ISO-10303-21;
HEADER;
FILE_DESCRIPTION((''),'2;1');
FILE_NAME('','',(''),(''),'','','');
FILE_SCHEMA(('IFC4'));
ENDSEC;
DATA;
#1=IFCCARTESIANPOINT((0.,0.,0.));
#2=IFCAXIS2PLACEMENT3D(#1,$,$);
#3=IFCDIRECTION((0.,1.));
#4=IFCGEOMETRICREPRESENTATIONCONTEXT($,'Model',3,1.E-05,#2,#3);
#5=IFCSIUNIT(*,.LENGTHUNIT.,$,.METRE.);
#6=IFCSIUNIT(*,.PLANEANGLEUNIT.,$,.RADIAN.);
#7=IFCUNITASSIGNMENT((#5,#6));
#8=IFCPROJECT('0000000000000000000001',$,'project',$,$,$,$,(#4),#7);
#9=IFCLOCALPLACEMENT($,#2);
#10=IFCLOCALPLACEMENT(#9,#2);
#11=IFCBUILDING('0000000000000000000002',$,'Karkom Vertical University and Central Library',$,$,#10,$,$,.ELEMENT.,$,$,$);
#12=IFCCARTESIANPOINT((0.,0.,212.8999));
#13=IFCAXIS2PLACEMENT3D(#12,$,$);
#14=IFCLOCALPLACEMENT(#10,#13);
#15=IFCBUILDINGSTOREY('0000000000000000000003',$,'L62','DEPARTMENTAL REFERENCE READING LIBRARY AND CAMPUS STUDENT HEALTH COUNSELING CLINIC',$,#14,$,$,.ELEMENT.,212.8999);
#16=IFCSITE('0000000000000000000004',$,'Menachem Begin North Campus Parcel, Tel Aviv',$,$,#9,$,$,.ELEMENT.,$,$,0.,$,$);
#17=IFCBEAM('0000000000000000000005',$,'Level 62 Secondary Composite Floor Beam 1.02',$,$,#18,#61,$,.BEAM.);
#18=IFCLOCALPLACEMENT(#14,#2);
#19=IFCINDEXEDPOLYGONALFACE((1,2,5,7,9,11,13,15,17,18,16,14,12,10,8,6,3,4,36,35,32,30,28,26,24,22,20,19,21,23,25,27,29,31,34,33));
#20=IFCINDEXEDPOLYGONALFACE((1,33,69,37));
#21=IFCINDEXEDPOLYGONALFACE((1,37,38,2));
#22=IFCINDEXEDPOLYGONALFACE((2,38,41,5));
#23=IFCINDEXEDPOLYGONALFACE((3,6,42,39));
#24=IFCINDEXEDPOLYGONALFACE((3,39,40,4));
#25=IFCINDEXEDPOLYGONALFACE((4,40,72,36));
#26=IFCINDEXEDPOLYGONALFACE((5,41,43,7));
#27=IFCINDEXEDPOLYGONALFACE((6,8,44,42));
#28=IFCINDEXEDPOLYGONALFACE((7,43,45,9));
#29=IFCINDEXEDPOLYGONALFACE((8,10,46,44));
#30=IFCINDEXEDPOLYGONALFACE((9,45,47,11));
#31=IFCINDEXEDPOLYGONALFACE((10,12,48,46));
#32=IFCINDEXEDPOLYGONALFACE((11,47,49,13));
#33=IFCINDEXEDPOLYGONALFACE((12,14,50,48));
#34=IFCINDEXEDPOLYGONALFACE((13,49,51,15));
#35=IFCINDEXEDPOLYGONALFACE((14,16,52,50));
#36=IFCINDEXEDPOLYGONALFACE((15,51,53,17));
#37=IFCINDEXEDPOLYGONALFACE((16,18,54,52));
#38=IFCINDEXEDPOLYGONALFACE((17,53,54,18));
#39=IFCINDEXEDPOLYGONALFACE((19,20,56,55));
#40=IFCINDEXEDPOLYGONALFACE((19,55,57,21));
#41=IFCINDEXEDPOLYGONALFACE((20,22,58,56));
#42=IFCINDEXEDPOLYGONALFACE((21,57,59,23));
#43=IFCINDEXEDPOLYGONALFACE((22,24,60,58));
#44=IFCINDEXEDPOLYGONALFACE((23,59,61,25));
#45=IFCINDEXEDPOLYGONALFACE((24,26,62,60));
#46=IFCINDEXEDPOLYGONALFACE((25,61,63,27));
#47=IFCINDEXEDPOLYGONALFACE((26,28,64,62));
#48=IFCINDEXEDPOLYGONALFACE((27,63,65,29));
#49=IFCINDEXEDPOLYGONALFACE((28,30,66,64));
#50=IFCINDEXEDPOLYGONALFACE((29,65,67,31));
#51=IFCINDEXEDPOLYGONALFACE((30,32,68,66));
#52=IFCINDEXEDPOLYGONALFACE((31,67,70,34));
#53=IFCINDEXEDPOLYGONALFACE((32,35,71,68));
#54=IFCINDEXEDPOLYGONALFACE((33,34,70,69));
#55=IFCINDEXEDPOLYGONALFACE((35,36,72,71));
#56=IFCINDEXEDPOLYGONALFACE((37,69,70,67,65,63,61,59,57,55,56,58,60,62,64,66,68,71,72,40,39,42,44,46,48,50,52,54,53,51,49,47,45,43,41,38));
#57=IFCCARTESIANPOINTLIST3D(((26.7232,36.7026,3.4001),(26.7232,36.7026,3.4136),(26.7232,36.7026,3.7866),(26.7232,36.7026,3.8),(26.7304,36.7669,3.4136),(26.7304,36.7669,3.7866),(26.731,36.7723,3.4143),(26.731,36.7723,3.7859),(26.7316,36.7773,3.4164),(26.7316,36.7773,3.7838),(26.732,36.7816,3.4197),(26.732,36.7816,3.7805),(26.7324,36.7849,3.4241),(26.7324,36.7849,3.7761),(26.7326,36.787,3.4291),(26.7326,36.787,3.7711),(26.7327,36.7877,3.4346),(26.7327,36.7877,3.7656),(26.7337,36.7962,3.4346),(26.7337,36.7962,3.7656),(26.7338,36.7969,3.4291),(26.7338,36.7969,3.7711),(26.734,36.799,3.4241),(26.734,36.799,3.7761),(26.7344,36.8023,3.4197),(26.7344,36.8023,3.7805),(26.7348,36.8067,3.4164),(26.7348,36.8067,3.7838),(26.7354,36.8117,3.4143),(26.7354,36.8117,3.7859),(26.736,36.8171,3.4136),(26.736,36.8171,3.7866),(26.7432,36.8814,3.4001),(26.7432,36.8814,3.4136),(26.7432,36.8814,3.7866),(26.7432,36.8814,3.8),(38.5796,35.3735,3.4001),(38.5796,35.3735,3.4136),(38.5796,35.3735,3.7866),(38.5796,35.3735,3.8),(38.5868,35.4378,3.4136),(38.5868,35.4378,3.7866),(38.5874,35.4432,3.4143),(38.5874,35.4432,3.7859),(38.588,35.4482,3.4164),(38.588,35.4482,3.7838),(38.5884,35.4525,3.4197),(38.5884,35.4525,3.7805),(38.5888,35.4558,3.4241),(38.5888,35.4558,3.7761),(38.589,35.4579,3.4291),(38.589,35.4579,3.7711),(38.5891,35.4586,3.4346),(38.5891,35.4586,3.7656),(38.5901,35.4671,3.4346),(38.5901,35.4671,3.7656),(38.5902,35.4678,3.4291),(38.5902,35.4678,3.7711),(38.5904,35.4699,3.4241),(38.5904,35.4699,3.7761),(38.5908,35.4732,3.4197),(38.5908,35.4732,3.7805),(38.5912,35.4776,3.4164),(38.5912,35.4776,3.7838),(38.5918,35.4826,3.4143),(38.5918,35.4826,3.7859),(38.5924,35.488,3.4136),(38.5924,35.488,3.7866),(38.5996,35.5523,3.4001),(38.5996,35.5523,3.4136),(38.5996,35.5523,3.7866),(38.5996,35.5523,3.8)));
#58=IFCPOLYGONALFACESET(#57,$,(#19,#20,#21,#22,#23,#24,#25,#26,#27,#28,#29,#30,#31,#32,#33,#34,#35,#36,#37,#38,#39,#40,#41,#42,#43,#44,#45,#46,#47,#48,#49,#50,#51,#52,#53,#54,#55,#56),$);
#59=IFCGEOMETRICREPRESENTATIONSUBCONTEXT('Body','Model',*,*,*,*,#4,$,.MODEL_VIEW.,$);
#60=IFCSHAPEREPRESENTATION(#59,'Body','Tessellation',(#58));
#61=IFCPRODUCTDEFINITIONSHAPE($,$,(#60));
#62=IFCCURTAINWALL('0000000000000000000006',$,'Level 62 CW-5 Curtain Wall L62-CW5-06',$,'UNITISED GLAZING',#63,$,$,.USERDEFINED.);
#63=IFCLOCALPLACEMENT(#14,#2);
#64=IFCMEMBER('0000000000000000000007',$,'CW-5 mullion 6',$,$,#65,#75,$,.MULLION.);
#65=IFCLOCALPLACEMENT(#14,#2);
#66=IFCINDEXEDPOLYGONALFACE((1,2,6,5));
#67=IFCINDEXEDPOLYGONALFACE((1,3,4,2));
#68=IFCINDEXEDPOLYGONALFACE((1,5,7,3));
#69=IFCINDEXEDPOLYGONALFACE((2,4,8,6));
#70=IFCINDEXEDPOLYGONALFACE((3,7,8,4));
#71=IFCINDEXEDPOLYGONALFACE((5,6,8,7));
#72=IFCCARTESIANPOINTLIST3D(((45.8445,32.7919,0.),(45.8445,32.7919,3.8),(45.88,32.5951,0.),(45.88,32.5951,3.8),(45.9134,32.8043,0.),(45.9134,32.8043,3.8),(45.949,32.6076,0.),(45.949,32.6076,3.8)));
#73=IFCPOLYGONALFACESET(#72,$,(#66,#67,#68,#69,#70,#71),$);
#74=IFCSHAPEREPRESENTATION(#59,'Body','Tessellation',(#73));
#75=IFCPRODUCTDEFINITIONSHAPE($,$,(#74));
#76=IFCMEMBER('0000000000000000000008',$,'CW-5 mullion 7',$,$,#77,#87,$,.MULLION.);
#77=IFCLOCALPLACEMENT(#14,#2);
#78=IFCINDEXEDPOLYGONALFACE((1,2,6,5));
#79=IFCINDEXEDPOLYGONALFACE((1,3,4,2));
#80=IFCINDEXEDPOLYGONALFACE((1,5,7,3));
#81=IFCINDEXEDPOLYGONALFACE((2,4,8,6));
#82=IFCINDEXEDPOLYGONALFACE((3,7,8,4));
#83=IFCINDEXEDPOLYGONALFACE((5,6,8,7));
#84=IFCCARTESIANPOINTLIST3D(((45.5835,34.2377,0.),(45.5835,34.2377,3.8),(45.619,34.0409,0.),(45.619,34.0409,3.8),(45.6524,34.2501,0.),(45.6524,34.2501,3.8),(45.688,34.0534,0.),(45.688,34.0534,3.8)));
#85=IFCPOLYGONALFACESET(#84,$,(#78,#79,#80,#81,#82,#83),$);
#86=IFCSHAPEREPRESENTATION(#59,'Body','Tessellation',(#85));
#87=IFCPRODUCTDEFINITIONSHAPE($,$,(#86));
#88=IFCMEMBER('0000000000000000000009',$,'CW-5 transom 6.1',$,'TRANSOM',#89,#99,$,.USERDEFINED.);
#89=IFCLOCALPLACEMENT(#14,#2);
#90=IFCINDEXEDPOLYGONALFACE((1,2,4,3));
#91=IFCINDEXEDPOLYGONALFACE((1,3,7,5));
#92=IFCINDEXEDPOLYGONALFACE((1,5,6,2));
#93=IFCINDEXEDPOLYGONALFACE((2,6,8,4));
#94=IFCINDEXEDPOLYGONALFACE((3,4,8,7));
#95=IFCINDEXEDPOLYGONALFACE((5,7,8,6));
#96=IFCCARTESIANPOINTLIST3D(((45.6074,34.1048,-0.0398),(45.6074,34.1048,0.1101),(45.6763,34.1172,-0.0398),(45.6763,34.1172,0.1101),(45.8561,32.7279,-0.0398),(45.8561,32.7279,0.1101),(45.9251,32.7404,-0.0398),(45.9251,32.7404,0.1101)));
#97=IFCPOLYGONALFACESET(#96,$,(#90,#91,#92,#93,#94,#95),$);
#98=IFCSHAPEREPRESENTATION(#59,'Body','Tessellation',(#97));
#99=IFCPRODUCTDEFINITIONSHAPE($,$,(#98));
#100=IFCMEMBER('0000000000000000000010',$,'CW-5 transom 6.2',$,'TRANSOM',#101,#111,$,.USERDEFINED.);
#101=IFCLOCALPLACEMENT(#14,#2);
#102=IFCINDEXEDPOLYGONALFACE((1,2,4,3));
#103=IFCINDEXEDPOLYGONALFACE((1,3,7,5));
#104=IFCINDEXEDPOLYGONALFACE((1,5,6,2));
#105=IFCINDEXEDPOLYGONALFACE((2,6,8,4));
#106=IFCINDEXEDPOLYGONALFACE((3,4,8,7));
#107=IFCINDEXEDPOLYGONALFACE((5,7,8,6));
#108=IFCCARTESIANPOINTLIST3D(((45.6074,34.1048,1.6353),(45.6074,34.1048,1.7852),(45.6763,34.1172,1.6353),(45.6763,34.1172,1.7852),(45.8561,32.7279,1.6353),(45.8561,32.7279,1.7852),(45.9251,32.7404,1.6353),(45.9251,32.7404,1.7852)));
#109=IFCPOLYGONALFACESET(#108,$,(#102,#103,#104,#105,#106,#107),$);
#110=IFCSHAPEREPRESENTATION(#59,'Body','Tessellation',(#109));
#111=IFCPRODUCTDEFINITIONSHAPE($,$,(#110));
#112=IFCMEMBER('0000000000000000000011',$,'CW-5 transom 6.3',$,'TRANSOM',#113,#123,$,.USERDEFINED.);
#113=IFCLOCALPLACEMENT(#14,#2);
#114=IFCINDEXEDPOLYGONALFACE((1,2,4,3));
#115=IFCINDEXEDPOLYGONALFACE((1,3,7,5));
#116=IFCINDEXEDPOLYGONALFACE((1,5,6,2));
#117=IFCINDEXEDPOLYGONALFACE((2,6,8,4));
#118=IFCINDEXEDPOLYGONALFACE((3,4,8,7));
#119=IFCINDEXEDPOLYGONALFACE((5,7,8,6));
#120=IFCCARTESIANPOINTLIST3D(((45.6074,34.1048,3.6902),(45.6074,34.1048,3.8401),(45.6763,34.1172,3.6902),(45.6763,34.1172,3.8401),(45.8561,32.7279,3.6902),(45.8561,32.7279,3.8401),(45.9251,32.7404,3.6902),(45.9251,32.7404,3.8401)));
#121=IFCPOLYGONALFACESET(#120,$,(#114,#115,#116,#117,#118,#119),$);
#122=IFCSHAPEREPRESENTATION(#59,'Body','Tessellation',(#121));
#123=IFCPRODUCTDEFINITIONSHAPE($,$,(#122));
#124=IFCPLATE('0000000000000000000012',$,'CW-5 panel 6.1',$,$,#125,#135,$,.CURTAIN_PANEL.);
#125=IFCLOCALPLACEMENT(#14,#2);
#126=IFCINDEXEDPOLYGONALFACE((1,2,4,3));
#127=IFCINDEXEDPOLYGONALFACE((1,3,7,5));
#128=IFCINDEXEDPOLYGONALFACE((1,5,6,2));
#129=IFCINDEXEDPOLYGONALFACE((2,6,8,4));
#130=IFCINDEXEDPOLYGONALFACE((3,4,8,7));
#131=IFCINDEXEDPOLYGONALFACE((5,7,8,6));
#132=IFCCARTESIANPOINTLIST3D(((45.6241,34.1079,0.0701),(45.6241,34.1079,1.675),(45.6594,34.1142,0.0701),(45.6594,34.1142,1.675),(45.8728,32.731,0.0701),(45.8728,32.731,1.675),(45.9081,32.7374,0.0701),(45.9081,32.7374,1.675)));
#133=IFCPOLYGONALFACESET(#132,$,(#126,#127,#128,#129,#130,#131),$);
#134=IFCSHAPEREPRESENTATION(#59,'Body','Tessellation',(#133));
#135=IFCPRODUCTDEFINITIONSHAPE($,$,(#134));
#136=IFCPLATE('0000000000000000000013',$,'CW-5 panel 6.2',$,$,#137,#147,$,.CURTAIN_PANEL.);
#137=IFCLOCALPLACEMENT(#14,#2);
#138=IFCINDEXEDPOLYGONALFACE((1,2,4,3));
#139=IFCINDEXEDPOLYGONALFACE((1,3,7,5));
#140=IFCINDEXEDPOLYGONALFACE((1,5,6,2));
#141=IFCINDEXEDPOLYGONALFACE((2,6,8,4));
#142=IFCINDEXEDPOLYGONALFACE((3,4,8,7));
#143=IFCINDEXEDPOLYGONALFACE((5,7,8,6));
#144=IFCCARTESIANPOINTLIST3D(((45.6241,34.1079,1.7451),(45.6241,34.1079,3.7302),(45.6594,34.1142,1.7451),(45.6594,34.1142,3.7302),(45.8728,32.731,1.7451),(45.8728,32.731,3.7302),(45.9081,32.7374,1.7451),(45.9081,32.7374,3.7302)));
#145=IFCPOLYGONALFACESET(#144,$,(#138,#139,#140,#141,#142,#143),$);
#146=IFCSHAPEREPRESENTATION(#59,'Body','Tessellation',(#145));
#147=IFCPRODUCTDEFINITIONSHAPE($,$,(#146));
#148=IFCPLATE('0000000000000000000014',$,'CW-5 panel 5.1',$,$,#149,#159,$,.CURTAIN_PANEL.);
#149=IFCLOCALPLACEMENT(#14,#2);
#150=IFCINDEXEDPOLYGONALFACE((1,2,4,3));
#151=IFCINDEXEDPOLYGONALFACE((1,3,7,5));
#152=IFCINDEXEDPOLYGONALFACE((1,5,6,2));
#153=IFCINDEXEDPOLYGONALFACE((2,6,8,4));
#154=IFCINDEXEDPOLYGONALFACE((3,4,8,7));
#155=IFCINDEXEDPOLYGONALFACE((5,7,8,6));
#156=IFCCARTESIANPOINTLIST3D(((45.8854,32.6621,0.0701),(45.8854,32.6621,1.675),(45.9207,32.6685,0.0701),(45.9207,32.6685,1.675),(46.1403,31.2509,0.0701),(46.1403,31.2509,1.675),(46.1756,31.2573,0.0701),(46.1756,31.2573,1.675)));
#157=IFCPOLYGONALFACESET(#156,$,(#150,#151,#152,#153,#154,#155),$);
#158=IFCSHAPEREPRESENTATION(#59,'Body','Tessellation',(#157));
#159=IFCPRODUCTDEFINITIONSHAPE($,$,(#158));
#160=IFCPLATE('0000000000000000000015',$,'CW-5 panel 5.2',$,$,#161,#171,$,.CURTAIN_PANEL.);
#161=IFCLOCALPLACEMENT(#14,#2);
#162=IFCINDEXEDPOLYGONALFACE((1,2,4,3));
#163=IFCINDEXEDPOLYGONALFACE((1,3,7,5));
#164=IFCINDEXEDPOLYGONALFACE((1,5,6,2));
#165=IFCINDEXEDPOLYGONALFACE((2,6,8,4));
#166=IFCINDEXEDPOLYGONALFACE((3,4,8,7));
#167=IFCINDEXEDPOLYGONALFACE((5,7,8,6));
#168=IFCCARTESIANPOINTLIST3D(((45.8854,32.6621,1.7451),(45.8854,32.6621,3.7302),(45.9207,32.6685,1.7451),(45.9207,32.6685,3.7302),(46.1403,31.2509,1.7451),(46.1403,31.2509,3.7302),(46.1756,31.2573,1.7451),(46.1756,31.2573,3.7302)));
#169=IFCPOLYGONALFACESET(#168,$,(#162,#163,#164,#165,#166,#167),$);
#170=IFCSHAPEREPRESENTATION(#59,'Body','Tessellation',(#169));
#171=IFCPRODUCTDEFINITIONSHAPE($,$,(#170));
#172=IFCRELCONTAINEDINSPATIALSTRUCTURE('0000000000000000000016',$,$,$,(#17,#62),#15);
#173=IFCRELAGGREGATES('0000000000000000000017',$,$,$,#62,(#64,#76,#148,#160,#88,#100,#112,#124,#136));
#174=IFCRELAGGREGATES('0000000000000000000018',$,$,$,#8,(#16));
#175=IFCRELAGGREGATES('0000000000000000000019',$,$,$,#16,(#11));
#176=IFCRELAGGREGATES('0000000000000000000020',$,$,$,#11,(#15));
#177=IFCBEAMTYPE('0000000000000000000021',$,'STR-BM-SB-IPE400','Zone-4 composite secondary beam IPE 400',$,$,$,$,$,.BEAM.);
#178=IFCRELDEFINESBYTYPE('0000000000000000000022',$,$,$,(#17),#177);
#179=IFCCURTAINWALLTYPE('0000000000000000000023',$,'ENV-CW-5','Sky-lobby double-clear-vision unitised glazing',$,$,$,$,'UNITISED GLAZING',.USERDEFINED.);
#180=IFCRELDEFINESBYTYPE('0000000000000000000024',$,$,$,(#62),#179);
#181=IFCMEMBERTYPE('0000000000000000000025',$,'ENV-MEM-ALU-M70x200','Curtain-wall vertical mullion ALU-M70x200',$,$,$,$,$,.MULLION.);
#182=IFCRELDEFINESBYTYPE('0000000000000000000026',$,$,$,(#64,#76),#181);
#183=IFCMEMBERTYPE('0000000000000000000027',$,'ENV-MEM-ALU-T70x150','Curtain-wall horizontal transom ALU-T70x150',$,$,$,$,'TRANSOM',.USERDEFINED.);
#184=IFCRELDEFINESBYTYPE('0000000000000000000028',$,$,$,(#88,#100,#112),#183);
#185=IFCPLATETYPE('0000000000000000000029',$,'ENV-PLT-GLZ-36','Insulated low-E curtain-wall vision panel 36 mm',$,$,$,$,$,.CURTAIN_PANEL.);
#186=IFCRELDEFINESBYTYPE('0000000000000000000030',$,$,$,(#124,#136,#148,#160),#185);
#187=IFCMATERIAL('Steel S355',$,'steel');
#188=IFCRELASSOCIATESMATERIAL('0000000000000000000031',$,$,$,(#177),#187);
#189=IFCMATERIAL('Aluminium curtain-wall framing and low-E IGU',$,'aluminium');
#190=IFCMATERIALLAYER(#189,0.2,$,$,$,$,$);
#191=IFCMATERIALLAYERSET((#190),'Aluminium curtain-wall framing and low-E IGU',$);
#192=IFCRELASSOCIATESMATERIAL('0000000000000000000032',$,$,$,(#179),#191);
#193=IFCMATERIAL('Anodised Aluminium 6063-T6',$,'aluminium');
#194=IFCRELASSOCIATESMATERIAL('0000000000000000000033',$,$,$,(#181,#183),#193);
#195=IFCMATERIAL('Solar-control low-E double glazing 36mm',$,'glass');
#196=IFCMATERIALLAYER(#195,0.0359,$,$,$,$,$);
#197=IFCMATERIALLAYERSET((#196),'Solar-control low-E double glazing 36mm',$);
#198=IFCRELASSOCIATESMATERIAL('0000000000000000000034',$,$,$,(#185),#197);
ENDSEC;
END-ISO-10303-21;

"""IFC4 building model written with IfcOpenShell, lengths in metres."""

from ifc_helpers import new_model, si_unit, direction, frame, origin, origin_with_axes, origin_2d, place, context, subcontext, project, spatial, rectangle, i_section, extrude, source, transform, mapped, material, layer, layer_set, material_profile, profile_set, type_object, element, aggregate, save


model = new_model("IFC4")

# Units and contexts
model_context = context("Model", 3, precision=1e-05, world=origin(), true_north=direction((0.0, 1.0)))
body_context = subcontext(model_context, "Body", "Model", "MODEL_VIEW")
ifc_project = project(units=[si_unit("LENGTHUNIT", "METRE"), si_unit("PLANEANGLEUNIT", "RADIAN")], contexts=[model_context])

# Site, building, storey
site_placement = place(None, origin())
site = spatial("IfcSite", under=ifc_project, at=site_placement, Name="Menachem Begin North Campus Parcel, Tel Aviv", CompositionType="ELEMENT", RefElevation=0.0)
building_placement = place(site_placement, origin())
building = spatial("IfcBuilding", under=site, at=building_placement, Name="Karkom Vertical University and Central Library", CompositionType="ELEMENT")
storey_placement = place(building_placement, frame((0.0, 0.0, 212.8999)))
storey = spatial("IfcBuildingStorey", under=building, at=storey_placement, Name="L62", Description="DEPARTMENTAL REFERENCE READING LIBRARY AND CAMPUS STUDENT HEALTH COUNSELING CLINIC", CompositionType="ELEMENT", Elevation=212.8999)

# Beam
ifc_material_1 = material(Name="Steel S355", Category="steel")
ifc_material_profile_1 = material_profile(ifc_material_1, i_section(OverallWidth=0.1799, OverallDepth=0.3999, WebThickness=0.0085, FlangeThickness=0.0134, FilletRadius=0.021, at=origin_2d()), Name="IPE 400")
ifc_profile_set_1 = profile_set([ifc_material_profile_1], Name="Steel S355")
beam_type_1 = type_object("IfcBeamType", Name="STR-BM-SB-IPE400", Description="Zone-4 composite secondary beam IPE 400", PredefinedType="BEAM", material=ifc_profile_set_1)
shared_shape_1 = source(origin_with_axes(), body_context, "Body", "SweptSolid", [
    extrude(i_section(OverallWidth=0.1799, OverallDepth=0.3999, WebThickness=0.0085, FlangeThickness=0.0134, FilletRadius=0.021, at=origin_2d()), origin(), (0.0, 0.0, 1.0), 11.9307),
])
beam_1_placement = place(storey_placement, frame((38.5896, 35.4629, 3.6001), z_axis=(-0.993775, 0.111402, 0.0), x_axis=(-0.111402, -0.993775, 0.0)))
element("IfcBeam", 1, at=beam_1_placement, inside=storey, type_object=beam_type_1, Name="Level 62 Secondary Composite Floor Beam 1.02", PredefinedType="BEAM", context=body_context, shape_type="MappedRepresentation", body=[
    mapped(shared_shape_1, transform((0.0, 0.0, 0.0), scale=1.0)),
])

# Curtain wall, members, plates
ifc_material_2 = material(Name="Aluminium curtain-wall framing and low-E IGU", Category="aluminium")
ifc_layer_1 = layer(ifc_material_2, 0.2)
ifc_layer_set_1 = layer_set([ifc_layer_1], Name="Aluminium curtain-wall framing and low-E IGU")
curtain_wall_type = type_object("IfcCurtainWallType", Name="ENV-CW-5", Description="Sky-lobby double-clear-vision unitised glazing", ElementType="UNITISED GLAZING", PredefinedType="USERDEFINED", material=ifc_layer_set_1)
curtain_wall_placement = place(storey_placement, origin())
curtain_wall = element("IfcCurtainWall", 2, at=curtain_wall_placement, inside=storey, type_object=curtain_wall_type, Name="Level 62 CW-5 Curtain Wall L62-CW5-06", ObjectType="UNITISED GLAZING", PredefinedType="USERDEFINED")
ifc_material_3 = material(Name="Anodised Aluminium 6063-T6", Category="aluminium")
ifc_material_profile_2 = material_profile(ifc_material_3, rectangle(XDim=0.0701, YDim=0.2, at=origin_2d()), Name="ALU-M70x200")
ifc_profile_set_2 = profile_set([ifc_material_profile_2], Name="Anodised Aluminium 6063-T6")
member_type_1 = type_object("IfcMemberType", Name="ENV-MEM-ALU-M70x200", Description="Curtain-wall vertical mullion ALU-M70x200", PredefinedType="MULLION", material=ifc_profile_set_2)
shared_shape_2 = source(origin_with_axes(), body_context, "Body", "SweptSolid", [
    extrude(rectangle(XDim=0.0701, YDim=0.2, at=origin_2d()), origin(), (0.0, 0.0, 1.0), 3.8),
])
member_1_placement = place(storey_placement, frame((45.8967, 32.6997, 0.0), z_axis=(0.0, 0.0, 1.0), x_axis=(-0.984072, -0.177772, 0.0)))
member_1 = element("IfcMember", 3, at=member_1_placement, type_object=member_type_1, Name="CW-5 mullion 6", PredefinedType="MULLION", context=body_context, shape_type="MappedRepresentation", body=[
    mapped(shared_shape_2, transform((0.0, 0.0, 0.0), scale=1.0)),
])
member_2_placement = place(storey_placement, frame((45.6357, 34.1455, 0.0), z_axis=(0.0, 0.0, 1.0), x_axis=(-0.984072, -0.177772, 0.0)))
member_2 = element("IfcMember", 4, at=member_2_placement, type_object=member_type_1, Name="CW-5 mullion 7", PredefinedType="MULLION", context=body_context, shape_type="MappedRepresentation", body=[
    mapped(shared_shape_2, transform((0.0, 0.0, 0.0), scale=1.0)),
])
ifc_material_profile_3 = material_profile(ifc_material_3, rectangle(XDim=0.0701, YDim=0.1499, at=origin_2d()), Name="ALU-T70x150")
ifc_profile_set_3 = profile_set([ifc_material_profile_3], Name="Anodised Aluminium 6063-T6")
member_type_2 = type_object("IfcMemberType", Name="ENV-MEM-ALU-T70x150", Description="Curtain-wall horizontal transom ALU-T70x150", ElementType="TRANSOM", PredefinedType="USERDEFINED", material=ifc_profile_set_3)
shared_shape_3 = source(origin_with_axes(), body_context, "Body", "SweptSolid", [
    extrude(rectangle(XDim=0.0701, YDim=0.1499, at=origin_2d()), origin(), (0.0, 0.0, 1.0), 1.3992),
])
member_3_placement = place(storey_placement, frame((45.8906, 32.7341, 0.0352), z_axis=(-0.177795, 0.984068, 0.0), x_axis=(-0.984068, -0.177795, 0.0)))
member_3 = element("IfcMember", 5, at=member_3_placement, type_object=member_type_2, Name="CW-5 transom 6.1", ObjectType="TRANSOM", PredefinedType="USERDEFINED", context=body_context, shape_type="MappedRepresentation", body=[
    mapped(shared_shape_3, transform((0.0, 0.0, 0.0), scale=1.0)),
])
member_4_placement = place(storey_placement, frame((45.8906, 32.7341, 1.7102), z_axis=(-0.177795, 0.984068, 0.0), x_axis=(-0.984068, -0.177795, 0.0)))
member_4 = element("IfcMember", 6, at=member_4_placement, type_object=member_type_2, Name="CW-5 transom 6.2", ObjectType="TRANSOM", PredefinedType="USERDEFINED", context=body_context, shape_type="MappedRepresentation", body=[
    mapped(shared_shape_3, transform((0.0, 0.0, 0.0), scale=1.0)),
])
member_5_placement = place(storey_placement, frame((45.8906, 32.7341, 3.7651), z_axis=(-0.177795, 0.984068, 0.0), x_axis=(-0.984068, -0.177795, 0.0)))
member_5 = element("IfcMember", 7, at=member_5_placement, type_object=member_type_2, Name="CW-5 transom 6.3", ObjectType="TRANSOM", PredefinedType="USERDEFINED", context=body_context, shape_type="MappedRepresentation", body=[
    mapped(shared_shape_3, transform((0.0, 0.0, 0.0), scale=1.0)),
])
ifc_material_4 = material(Name="Solar-control low-E double glazing 36mm", Category="glass")
ifc_layer_2 = layer(ifc_material_4, 0.0359)
ifc_layer_set_2 = layer_set([ifc_layer_2], Name="Solar-control low-E double glazing 36mm")
plate_type = type_object("IfcPlateType", Name="ENV-PLT-GLZ-36", Description="Insulated low-E curtain-wall vision panel 36 mm", PredefinedType="CURTAIN_PANEL", material=ifc_layer_set_2)
shared_shape_4 = source(origin_with_axes(), body_context, "Body", "SweptSolid", [
    extrude(rectangle(XDim=1.3992, YDim=0.0359, at=origin_2d()), origin(), (0.0, 0.0, 1.0), 1.605),
])
plate_1_placement = place(storey_placement, frame((45.7661, 33.4226, 0.0701), z_axis=(0.0, 0.0, 1.0), x_axis=(-0.177772, 0.984072, 0.0)))
plate_1 = element("IfcPlate", 8, at=plate_1_placement, type_object=plate_type, Name="CW-5 panel 6.1", PredefinedType="CURTAIN_PANEL", context=body_context, shape_type="MappedRepresentation", body=[
    mapped(shared_shape_4, transform((0.0, 0.0, 0.0), scale=1.0)),
])
shared_shape_5 = source(origin_with_axes(), body_context, "Body", "SweptSolid", [
    extrude(rectangle(XDim=1.3992, YDim=0.0359, at=origin_2d()), origin(), (0.0, 0.0, 1.0), 1.9851),
])
plate_2_placement = place(storey_placement, frame((45.7661, 33.4226, 1.7451), z_axis=(0.0, 0.0, 1.0), x_axis=(-0.177772, 0.984072, 0.0)))
plate_2 = element("IfcPlate", 9, at=plate_2_placement, type_object=plate_type, Name="CW-5 panel 6.2", PredefinedType="CURTAIN_PANEL", context=body_context, shape_type="MappedRepresentation", body=[
    mapped(shared_shape_5, transform((0.0, 0.0, 0.0), scale=1.0)),
])
shared_shape_6 = source(origin_with_axes(), body_context, "Body", "SweptSolid", [
    extrude(rectangle(XDim=1.4341, YDim=0.0359, at=origin_2d()), origin(), (0.0, 0.0, 1.0), 1.605),
])
plate_3_placement = place(storey_placement, frame((46.0305, 31.9597, 0.0701), z_axis=(0.0, 0.0, 1.0), x_axis=(-0.177772, 0.984072, 0.0)))
plate_3 = element("IfcPlate", 10, at=plate_3_placement, type_object=plate_type, Name="CW-5 panel 5.1", PredefinedType="CURTAIN_PANEL", context=body_context, shape_type="MappedRepresentation", body=[
    mapped(shared_shape_6, transform((0.0, 0.0, 0.0), scale=1.0)),
])
shared_shape_7 = source(origin_with_axes(), body_context, "Body", "SweptSolid", [
    extrude(rectangle(XDim=1.4341, YDim=0.0359, at=origin_2d()), origin(), (0.0, 0.0, 1.0), 1.9851),
])
plate_4_placement = place(storey_placement, frame((46.0305, 31.9597, 1.7451), z_axis=(0.0, 0.0, 1.0), x_axis=(-0.177772, 0.984072, 0.0)))
plate_4 = element("IfcPlate", 11, at=plate_4_placement, type_object=plate_type, Name="CW-5 panel 5.2", PredefinedType="CURTAIN_PANEL", context=body_context, shape_type="MappedRepresentation", body=[
    mapped(shared_shape_7, transform((0.0, 0.0, 0.0), scale=1.0)),
])
aggregate(curtain_wall, [member_1, member_2, plate_3, plate_4, member_3, member_4, member_5, plate_1, plate_2])

save(model, "model.ifc")
